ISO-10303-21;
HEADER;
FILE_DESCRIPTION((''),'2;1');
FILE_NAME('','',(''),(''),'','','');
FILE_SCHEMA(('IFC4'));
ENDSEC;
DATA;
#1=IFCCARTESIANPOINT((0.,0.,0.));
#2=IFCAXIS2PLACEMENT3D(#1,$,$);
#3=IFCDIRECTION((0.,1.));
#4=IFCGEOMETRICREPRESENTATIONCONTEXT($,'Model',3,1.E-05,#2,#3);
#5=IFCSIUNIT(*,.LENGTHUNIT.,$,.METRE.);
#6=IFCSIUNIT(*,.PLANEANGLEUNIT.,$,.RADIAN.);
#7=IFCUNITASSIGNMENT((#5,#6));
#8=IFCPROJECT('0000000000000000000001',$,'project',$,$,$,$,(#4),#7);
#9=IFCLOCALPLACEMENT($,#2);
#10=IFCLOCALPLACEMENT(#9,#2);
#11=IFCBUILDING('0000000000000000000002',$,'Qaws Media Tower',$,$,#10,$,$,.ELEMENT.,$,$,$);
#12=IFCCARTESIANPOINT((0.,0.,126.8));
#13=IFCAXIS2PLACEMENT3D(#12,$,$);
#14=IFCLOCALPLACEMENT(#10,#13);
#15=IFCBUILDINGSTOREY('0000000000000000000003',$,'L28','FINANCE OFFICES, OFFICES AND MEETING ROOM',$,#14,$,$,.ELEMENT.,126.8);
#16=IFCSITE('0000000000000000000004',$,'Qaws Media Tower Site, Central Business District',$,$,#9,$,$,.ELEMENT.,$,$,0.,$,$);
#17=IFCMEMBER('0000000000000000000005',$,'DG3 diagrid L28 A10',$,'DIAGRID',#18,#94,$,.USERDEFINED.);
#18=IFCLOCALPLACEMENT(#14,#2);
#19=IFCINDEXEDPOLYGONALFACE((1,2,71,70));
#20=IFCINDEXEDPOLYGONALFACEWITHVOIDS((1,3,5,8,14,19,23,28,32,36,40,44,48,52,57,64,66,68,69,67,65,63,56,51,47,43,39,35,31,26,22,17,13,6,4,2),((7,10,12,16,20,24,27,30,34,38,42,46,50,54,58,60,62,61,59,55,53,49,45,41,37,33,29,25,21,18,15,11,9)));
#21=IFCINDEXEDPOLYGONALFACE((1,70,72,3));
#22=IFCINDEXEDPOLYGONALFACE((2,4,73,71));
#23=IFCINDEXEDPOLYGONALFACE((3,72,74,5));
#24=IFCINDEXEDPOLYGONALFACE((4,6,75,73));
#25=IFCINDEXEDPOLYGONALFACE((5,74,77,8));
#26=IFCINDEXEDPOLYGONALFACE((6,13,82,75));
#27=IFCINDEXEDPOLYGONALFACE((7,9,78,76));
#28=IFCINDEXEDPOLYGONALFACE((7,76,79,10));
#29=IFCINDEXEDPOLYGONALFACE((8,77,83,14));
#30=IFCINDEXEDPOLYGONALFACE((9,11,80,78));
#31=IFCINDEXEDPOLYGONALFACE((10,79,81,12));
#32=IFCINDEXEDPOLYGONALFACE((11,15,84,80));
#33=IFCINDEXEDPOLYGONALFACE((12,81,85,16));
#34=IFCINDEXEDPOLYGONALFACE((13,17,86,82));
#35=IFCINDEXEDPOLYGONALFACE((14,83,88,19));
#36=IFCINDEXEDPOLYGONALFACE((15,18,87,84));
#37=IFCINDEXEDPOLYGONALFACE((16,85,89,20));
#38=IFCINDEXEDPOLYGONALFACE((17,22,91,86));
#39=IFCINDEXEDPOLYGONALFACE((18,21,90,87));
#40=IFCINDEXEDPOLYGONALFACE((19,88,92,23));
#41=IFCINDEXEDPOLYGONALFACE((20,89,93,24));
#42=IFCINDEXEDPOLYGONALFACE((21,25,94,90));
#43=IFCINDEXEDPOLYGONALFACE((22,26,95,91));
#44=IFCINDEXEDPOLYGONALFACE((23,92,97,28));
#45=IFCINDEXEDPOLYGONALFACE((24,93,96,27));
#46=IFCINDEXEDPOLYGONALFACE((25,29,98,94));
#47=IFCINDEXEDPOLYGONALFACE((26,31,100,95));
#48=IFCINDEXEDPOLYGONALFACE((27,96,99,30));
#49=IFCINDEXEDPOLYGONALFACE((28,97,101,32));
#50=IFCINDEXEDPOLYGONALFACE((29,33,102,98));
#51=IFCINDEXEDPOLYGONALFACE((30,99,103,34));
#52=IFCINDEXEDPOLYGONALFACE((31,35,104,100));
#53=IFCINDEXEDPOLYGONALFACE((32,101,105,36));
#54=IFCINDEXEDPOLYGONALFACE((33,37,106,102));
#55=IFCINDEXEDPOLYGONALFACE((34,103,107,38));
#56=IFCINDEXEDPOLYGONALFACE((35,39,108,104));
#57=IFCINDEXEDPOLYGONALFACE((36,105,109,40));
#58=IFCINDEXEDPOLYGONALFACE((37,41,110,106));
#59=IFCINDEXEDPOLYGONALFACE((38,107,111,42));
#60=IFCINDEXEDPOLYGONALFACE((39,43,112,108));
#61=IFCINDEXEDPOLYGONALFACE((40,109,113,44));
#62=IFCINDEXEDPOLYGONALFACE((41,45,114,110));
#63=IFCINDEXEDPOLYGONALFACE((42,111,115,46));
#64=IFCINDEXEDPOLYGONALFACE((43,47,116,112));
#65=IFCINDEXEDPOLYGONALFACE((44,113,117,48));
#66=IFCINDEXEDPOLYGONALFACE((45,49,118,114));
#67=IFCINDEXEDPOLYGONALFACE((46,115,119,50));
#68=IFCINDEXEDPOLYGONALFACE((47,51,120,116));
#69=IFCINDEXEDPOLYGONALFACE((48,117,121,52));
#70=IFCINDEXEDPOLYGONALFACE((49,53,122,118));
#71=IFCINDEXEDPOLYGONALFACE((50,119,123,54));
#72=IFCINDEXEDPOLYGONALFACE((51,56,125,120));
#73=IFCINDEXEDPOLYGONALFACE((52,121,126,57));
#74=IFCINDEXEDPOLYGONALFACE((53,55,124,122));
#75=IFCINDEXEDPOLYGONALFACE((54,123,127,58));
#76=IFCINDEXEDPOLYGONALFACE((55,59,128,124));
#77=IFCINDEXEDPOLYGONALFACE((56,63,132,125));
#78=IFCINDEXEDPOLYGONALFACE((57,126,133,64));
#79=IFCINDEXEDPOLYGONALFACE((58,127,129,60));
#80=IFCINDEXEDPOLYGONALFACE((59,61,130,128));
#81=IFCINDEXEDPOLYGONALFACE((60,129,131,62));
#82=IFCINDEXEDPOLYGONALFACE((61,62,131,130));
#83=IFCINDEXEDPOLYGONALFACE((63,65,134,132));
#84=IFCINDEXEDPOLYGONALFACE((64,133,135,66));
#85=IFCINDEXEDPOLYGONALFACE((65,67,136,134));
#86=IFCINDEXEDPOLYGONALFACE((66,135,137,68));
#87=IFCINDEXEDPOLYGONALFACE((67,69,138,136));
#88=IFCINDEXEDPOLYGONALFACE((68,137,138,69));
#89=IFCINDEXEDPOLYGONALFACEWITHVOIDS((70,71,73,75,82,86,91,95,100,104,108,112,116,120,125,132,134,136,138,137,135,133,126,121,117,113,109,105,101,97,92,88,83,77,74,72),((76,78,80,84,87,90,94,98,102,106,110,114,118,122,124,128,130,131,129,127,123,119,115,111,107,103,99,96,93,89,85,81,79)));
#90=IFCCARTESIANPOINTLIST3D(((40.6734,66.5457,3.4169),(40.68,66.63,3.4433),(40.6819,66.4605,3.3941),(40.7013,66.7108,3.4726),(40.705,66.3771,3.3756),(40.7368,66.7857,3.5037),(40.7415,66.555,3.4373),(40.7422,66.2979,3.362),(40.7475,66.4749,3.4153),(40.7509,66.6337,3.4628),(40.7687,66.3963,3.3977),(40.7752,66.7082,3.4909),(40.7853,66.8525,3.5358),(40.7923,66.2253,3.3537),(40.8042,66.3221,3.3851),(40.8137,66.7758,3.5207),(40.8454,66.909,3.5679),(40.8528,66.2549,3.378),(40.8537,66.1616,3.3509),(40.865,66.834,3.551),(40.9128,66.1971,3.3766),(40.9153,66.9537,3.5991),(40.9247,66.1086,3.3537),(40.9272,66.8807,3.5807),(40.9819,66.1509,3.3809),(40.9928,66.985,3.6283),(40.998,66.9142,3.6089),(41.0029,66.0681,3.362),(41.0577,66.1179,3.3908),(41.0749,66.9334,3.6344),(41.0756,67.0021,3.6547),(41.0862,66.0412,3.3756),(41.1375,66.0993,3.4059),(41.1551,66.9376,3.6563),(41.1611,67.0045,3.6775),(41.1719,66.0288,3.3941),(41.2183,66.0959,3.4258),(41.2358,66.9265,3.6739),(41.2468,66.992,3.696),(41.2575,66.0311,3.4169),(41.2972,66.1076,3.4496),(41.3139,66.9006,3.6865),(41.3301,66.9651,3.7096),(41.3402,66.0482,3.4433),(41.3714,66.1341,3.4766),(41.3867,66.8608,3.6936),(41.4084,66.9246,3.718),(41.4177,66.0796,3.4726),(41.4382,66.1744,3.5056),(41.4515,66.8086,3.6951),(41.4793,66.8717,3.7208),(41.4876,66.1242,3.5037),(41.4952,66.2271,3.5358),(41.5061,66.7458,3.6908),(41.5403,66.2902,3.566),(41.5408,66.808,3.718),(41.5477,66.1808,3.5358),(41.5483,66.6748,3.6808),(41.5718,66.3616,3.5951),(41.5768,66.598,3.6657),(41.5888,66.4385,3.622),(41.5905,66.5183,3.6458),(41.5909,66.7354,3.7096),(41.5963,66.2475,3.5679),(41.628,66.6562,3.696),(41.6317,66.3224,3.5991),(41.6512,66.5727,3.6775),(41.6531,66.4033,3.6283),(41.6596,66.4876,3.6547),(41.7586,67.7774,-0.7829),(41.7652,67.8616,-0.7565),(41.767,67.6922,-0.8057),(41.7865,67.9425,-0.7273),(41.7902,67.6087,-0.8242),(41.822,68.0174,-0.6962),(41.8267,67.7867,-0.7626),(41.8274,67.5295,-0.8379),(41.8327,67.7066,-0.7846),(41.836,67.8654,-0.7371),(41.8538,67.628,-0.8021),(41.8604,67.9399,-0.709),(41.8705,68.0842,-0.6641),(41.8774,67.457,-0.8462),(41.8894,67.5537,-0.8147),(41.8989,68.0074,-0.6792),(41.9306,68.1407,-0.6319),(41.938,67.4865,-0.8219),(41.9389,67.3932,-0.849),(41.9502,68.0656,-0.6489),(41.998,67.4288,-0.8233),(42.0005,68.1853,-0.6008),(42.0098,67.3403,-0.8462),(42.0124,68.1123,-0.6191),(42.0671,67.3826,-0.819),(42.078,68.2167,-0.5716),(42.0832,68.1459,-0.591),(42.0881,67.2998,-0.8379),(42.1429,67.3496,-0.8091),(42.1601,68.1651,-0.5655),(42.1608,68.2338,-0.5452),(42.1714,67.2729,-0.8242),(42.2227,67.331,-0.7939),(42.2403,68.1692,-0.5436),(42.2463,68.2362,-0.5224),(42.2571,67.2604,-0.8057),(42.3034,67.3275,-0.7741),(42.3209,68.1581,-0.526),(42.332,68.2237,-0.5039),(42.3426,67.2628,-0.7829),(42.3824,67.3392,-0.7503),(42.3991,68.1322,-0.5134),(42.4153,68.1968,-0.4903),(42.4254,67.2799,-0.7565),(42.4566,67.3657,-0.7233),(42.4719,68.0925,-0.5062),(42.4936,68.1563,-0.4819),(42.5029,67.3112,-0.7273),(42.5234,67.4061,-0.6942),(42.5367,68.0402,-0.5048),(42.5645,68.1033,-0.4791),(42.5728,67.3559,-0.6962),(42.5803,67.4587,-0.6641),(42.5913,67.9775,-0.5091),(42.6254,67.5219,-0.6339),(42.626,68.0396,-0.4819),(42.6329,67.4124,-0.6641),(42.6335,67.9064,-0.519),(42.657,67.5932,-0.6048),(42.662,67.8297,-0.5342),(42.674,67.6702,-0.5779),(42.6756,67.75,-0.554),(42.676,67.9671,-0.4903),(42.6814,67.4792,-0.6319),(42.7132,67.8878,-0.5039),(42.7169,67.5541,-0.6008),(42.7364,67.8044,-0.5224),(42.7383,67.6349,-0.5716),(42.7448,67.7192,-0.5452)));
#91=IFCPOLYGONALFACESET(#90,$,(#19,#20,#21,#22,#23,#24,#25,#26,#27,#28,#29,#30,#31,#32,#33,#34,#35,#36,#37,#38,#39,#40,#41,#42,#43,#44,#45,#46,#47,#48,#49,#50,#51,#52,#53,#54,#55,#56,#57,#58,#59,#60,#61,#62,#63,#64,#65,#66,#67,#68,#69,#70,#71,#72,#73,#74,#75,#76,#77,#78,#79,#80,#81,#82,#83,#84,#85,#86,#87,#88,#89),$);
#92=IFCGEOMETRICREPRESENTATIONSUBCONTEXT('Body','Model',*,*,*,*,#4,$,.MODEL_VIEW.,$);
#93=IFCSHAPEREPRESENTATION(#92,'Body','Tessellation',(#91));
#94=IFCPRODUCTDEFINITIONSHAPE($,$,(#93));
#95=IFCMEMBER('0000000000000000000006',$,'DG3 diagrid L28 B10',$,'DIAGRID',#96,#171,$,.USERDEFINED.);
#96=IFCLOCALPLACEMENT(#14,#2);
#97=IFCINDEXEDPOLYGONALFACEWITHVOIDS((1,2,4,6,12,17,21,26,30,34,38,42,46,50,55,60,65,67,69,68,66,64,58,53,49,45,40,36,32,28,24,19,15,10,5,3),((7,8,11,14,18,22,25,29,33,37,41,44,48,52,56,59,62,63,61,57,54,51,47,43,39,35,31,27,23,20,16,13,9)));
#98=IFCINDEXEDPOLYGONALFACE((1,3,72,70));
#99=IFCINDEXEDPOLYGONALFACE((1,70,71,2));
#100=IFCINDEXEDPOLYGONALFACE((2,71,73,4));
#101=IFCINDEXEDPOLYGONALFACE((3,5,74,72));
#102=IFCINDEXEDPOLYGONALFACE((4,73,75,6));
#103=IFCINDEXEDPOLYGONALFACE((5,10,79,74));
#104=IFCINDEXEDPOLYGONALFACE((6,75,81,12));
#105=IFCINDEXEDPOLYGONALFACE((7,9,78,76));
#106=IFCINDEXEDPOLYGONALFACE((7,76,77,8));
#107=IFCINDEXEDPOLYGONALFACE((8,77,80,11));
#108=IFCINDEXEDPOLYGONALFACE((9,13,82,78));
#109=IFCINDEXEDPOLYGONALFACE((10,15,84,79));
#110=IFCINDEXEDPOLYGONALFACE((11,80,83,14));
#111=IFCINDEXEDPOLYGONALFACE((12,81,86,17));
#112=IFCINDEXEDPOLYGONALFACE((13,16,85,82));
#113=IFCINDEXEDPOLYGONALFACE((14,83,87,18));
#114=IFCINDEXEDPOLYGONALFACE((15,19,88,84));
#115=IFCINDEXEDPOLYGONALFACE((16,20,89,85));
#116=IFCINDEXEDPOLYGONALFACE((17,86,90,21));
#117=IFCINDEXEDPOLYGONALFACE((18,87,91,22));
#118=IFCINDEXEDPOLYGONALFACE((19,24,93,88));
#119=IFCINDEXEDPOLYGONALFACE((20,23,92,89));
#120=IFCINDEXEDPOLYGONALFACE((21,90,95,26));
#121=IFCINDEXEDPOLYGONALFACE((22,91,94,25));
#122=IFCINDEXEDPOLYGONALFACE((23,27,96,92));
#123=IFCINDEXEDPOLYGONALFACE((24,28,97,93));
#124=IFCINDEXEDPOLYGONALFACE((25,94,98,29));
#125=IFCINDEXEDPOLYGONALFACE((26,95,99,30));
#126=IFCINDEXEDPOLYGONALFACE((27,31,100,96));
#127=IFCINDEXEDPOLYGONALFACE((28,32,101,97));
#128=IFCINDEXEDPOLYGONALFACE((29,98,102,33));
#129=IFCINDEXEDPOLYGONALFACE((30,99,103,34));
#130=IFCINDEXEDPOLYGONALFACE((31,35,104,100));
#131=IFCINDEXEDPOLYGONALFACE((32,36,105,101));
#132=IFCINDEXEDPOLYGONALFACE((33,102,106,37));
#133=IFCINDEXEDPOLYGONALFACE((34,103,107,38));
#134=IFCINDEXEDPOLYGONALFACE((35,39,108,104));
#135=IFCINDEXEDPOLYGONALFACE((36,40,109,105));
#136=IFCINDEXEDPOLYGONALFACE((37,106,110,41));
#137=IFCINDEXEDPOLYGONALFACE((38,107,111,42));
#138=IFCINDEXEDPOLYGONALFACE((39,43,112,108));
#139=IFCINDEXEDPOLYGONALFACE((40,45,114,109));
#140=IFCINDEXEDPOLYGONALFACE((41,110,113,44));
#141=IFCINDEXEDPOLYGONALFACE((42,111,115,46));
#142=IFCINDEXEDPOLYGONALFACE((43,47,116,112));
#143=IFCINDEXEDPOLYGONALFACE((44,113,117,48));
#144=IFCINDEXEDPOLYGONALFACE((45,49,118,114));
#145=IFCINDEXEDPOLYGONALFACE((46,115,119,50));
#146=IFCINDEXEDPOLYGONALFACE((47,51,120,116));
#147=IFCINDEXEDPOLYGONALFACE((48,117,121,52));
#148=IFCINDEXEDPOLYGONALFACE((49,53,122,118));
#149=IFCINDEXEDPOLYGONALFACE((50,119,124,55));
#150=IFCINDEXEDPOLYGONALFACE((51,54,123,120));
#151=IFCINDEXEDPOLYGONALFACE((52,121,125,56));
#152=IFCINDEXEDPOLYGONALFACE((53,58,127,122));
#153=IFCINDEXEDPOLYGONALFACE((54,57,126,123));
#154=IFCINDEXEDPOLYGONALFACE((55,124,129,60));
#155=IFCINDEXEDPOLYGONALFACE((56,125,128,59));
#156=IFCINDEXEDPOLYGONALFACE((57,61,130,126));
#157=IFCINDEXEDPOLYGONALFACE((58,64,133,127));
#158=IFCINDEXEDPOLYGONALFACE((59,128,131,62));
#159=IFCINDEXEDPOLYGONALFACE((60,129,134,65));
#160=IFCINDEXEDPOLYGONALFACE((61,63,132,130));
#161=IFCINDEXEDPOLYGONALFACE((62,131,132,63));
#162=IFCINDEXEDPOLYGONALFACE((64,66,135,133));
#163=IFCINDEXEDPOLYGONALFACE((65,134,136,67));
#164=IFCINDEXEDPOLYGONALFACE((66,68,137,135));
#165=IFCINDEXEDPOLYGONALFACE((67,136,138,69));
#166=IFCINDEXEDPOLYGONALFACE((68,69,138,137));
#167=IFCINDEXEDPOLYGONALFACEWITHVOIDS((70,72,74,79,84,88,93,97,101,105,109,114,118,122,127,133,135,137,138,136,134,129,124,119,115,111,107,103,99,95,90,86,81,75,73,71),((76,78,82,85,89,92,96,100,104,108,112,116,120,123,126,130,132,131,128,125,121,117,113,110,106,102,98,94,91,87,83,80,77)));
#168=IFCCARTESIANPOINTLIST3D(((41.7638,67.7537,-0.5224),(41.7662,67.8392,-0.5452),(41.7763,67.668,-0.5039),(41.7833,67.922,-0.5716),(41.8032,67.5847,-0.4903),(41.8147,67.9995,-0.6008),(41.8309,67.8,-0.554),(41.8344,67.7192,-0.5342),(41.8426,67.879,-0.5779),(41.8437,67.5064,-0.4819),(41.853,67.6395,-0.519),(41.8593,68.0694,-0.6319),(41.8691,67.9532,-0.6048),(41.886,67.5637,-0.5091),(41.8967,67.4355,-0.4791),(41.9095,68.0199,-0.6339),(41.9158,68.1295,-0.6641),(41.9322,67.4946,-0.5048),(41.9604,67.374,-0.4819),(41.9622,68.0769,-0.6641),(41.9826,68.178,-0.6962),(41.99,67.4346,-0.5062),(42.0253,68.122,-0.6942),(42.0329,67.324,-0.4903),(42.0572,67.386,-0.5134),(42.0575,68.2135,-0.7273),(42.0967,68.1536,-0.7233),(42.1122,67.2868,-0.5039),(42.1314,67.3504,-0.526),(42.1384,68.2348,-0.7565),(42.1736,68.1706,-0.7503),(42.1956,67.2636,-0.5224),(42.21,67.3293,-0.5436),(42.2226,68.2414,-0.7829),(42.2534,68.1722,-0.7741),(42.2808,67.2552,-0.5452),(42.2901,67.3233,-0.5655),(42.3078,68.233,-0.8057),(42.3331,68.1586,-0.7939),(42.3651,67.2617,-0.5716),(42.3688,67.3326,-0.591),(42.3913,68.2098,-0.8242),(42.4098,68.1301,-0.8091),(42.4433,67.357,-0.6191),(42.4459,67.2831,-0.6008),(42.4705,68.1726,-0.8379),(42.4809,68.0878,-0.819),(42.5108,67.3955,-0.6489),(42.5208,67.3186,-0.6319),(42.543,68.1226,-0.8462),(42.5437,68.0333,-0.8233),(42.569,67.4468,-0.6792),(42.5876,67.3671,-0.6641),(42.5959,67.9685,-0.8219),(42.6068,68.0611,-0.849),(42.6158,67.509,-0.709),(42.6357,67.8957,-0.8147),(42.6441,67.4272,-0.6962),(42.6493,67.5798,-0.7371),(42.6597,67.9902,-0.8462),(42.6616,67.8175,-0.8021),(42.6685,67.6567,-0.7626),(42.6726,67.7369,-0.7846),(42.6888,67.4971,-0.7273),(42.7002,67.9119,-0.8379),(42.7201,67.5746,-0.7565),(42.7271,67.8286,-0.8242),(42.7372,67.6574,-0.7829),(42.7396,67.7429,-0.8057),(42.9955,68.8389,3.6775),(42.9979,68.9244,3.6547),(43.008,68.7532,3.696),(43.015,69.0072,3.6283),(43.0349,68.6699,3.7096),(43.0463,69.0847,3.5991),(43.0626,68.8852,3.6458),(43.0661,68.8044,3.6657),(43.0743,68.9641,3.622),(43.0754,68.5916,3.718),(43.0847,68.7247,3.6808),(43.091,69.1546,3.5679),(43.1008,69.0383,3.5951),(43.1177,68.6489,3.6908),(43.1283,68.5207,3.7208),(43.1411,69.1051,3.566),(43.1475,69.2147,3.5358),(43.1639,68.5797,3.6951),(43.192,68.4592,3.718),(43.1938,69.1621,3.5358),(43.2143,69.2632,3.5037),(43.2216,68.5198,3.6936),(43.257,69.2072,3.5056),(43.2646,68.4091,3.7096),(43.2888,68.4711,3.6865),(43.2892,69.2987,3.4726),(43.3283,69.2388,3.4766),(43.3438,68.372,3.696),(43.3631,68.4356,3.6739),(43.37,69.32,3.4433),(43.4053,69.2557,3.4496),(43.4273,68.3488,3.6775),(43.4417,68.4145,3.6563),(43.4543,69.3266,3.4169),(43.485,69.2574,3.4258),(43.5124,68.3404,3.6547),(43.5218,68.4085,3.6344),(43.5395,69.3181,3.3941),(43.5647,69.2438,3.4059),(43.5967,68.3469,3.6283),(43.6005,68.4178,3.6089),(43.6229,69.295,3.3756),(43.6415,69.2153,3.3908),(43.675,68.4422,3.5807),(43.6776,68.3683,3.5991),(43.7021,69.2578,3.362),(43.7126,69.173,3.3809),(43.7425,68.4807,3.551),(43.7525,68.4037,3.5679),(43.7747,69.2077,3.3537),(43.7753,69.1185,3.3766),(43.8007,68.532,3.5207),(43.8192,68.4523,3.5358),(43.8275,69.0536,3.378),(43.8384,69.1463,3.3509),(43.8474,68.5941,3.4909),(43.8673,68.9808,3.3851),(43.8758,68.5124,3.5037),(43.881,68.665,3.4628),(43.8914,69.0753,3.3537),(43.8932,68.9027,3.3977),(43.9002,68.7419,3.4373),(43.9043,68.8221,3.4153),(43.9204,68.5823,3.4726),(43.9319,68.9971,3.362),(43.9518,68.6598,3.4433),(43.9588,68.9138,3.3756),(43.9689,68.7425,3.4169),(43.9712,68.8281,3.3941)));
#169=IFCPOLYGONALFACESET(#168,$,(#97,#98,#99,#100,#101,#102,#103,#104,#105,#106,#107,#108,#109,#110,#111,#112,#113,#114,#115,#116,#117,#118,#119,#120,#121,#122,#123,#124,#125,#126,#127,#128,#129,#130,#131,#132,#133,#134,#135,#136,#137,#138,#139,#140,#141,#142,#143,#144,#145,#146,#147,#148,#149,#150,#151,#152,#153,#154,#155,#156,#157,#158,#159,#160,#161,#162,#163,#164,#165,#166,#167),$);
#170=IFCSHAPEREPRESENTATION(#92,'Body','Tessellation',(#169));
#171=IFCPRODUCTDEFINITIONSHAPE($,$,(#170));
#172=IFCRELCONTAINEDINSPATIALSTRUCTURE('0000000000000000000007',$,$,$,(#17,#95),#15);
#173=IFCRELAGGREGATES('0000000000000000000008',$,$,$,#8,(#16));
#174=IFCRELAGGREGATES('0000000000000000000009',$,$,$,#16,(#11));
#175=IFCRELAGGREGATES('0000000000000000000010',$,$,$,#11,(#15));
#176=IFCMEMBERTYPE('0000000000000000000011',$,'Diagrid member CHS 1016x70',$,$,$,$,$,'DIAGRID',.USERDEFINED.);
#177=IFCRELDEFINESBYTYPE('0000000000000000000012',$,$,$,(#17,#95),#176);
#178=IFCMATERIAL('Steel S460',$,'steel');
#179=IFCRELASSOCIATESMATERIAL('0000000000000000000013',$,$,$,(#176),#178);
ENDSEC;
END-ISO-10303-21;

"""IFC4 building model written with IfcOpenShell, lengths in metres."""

from ifc_helpers import new_model, si_unit, direction, frame, origin, origin_2d, place, context, subcontext, project, spatial, hollow_circle, extrude, material, material_profile, profile_set, type_object, element, save


model = new_model("IFC4")

# Units and contexts
model_context = context("Model", 3, precision=1e-05, world=origin(), true_north=direction((0.0, 1.0)))
body_context = subcontext(model_context, "Body", "Model", "MODEL_VIEW")
ifc_project = project(units=[si_unit("LENGTHUNIT", "METRE"), si_unit("PLANEANGLEUNIT", "RADIAN")], contexts=[model_context])

# Site, building, storey
site_placement = place(None, origin())
site = spatial("IfcSite", under=ifc_project, at=site_placement, Name="Qaws Media Tower Site, Central Business District", CompositionType="ELEMENT", RefElevation=0.0)
building_placement = place(site_placement, origin())
building = spatial("IfcBuilding", under=site, at=building_placement, Name="Qaws Media Tower", CompositionType="ELEMENT")
storey_placement = place(building_placement, frame((0.0, 0.0, 126.8)))
storey = spatial("IfcBuildingStorey", under=building, at=storey_placement, Name="L28", Description="FINANCE OFFICES, OFFICES AND MEETING ROOM", CompositionType="ELEMENT", Elevation=126.8)

# Members
ifc_material_1 = material(Name="Steel S460", Category="steel")
ifc_material_profile_1 = material_profile(ifc_material_1, hollow_circle(Radius=0.5081, WallThickness=0.0701, at=origin_2d()), Name="CHS 1016x70")
ifc_profile_set_1 = profile_set([ifc_material_profile_1], Name="Steel S460")
member_type_1 = type_object("IfcMemberType", Name="Diagrid member CHS 1016x70", ElementType="DIAGRID", PredefinedType="USERDEFINED", material=ifc_profile_set_1)
for number, where, z_axis, x_axis, name in (
    (1, (42.2517, 67.7483, -0.6641), (-0.240656, -0.273141, 0.931385), (0.750315, -0.66108, 0.0), "DG3 diagrid L28 A10"),
    (2, (42.2517, 67.7483, -0.6641), (0.273141, 0.240656, 0.931385), (-0.66108, 0.750315, 0.0), "DG3 diagrid L28 B10"),
):
    element("IfcMember", number, at=place(storey_placement, frame(where, z_axis=z_axis, x_axis=x_axis)), inside=storey, type_object=member_type_1, Name=name, ObjectType="DIAGRID", PredefinedType="USERDEFINED", context=body_context, shape_type="SweptSolid", body=[
        extrude(hollow_circle(Radius=0.5081, WallThickness=0.0701, at=origin_2d()), origin(), (0.0, 0.0, 1.0), 4.5093),
    ])

save(model, "model.ifc")
